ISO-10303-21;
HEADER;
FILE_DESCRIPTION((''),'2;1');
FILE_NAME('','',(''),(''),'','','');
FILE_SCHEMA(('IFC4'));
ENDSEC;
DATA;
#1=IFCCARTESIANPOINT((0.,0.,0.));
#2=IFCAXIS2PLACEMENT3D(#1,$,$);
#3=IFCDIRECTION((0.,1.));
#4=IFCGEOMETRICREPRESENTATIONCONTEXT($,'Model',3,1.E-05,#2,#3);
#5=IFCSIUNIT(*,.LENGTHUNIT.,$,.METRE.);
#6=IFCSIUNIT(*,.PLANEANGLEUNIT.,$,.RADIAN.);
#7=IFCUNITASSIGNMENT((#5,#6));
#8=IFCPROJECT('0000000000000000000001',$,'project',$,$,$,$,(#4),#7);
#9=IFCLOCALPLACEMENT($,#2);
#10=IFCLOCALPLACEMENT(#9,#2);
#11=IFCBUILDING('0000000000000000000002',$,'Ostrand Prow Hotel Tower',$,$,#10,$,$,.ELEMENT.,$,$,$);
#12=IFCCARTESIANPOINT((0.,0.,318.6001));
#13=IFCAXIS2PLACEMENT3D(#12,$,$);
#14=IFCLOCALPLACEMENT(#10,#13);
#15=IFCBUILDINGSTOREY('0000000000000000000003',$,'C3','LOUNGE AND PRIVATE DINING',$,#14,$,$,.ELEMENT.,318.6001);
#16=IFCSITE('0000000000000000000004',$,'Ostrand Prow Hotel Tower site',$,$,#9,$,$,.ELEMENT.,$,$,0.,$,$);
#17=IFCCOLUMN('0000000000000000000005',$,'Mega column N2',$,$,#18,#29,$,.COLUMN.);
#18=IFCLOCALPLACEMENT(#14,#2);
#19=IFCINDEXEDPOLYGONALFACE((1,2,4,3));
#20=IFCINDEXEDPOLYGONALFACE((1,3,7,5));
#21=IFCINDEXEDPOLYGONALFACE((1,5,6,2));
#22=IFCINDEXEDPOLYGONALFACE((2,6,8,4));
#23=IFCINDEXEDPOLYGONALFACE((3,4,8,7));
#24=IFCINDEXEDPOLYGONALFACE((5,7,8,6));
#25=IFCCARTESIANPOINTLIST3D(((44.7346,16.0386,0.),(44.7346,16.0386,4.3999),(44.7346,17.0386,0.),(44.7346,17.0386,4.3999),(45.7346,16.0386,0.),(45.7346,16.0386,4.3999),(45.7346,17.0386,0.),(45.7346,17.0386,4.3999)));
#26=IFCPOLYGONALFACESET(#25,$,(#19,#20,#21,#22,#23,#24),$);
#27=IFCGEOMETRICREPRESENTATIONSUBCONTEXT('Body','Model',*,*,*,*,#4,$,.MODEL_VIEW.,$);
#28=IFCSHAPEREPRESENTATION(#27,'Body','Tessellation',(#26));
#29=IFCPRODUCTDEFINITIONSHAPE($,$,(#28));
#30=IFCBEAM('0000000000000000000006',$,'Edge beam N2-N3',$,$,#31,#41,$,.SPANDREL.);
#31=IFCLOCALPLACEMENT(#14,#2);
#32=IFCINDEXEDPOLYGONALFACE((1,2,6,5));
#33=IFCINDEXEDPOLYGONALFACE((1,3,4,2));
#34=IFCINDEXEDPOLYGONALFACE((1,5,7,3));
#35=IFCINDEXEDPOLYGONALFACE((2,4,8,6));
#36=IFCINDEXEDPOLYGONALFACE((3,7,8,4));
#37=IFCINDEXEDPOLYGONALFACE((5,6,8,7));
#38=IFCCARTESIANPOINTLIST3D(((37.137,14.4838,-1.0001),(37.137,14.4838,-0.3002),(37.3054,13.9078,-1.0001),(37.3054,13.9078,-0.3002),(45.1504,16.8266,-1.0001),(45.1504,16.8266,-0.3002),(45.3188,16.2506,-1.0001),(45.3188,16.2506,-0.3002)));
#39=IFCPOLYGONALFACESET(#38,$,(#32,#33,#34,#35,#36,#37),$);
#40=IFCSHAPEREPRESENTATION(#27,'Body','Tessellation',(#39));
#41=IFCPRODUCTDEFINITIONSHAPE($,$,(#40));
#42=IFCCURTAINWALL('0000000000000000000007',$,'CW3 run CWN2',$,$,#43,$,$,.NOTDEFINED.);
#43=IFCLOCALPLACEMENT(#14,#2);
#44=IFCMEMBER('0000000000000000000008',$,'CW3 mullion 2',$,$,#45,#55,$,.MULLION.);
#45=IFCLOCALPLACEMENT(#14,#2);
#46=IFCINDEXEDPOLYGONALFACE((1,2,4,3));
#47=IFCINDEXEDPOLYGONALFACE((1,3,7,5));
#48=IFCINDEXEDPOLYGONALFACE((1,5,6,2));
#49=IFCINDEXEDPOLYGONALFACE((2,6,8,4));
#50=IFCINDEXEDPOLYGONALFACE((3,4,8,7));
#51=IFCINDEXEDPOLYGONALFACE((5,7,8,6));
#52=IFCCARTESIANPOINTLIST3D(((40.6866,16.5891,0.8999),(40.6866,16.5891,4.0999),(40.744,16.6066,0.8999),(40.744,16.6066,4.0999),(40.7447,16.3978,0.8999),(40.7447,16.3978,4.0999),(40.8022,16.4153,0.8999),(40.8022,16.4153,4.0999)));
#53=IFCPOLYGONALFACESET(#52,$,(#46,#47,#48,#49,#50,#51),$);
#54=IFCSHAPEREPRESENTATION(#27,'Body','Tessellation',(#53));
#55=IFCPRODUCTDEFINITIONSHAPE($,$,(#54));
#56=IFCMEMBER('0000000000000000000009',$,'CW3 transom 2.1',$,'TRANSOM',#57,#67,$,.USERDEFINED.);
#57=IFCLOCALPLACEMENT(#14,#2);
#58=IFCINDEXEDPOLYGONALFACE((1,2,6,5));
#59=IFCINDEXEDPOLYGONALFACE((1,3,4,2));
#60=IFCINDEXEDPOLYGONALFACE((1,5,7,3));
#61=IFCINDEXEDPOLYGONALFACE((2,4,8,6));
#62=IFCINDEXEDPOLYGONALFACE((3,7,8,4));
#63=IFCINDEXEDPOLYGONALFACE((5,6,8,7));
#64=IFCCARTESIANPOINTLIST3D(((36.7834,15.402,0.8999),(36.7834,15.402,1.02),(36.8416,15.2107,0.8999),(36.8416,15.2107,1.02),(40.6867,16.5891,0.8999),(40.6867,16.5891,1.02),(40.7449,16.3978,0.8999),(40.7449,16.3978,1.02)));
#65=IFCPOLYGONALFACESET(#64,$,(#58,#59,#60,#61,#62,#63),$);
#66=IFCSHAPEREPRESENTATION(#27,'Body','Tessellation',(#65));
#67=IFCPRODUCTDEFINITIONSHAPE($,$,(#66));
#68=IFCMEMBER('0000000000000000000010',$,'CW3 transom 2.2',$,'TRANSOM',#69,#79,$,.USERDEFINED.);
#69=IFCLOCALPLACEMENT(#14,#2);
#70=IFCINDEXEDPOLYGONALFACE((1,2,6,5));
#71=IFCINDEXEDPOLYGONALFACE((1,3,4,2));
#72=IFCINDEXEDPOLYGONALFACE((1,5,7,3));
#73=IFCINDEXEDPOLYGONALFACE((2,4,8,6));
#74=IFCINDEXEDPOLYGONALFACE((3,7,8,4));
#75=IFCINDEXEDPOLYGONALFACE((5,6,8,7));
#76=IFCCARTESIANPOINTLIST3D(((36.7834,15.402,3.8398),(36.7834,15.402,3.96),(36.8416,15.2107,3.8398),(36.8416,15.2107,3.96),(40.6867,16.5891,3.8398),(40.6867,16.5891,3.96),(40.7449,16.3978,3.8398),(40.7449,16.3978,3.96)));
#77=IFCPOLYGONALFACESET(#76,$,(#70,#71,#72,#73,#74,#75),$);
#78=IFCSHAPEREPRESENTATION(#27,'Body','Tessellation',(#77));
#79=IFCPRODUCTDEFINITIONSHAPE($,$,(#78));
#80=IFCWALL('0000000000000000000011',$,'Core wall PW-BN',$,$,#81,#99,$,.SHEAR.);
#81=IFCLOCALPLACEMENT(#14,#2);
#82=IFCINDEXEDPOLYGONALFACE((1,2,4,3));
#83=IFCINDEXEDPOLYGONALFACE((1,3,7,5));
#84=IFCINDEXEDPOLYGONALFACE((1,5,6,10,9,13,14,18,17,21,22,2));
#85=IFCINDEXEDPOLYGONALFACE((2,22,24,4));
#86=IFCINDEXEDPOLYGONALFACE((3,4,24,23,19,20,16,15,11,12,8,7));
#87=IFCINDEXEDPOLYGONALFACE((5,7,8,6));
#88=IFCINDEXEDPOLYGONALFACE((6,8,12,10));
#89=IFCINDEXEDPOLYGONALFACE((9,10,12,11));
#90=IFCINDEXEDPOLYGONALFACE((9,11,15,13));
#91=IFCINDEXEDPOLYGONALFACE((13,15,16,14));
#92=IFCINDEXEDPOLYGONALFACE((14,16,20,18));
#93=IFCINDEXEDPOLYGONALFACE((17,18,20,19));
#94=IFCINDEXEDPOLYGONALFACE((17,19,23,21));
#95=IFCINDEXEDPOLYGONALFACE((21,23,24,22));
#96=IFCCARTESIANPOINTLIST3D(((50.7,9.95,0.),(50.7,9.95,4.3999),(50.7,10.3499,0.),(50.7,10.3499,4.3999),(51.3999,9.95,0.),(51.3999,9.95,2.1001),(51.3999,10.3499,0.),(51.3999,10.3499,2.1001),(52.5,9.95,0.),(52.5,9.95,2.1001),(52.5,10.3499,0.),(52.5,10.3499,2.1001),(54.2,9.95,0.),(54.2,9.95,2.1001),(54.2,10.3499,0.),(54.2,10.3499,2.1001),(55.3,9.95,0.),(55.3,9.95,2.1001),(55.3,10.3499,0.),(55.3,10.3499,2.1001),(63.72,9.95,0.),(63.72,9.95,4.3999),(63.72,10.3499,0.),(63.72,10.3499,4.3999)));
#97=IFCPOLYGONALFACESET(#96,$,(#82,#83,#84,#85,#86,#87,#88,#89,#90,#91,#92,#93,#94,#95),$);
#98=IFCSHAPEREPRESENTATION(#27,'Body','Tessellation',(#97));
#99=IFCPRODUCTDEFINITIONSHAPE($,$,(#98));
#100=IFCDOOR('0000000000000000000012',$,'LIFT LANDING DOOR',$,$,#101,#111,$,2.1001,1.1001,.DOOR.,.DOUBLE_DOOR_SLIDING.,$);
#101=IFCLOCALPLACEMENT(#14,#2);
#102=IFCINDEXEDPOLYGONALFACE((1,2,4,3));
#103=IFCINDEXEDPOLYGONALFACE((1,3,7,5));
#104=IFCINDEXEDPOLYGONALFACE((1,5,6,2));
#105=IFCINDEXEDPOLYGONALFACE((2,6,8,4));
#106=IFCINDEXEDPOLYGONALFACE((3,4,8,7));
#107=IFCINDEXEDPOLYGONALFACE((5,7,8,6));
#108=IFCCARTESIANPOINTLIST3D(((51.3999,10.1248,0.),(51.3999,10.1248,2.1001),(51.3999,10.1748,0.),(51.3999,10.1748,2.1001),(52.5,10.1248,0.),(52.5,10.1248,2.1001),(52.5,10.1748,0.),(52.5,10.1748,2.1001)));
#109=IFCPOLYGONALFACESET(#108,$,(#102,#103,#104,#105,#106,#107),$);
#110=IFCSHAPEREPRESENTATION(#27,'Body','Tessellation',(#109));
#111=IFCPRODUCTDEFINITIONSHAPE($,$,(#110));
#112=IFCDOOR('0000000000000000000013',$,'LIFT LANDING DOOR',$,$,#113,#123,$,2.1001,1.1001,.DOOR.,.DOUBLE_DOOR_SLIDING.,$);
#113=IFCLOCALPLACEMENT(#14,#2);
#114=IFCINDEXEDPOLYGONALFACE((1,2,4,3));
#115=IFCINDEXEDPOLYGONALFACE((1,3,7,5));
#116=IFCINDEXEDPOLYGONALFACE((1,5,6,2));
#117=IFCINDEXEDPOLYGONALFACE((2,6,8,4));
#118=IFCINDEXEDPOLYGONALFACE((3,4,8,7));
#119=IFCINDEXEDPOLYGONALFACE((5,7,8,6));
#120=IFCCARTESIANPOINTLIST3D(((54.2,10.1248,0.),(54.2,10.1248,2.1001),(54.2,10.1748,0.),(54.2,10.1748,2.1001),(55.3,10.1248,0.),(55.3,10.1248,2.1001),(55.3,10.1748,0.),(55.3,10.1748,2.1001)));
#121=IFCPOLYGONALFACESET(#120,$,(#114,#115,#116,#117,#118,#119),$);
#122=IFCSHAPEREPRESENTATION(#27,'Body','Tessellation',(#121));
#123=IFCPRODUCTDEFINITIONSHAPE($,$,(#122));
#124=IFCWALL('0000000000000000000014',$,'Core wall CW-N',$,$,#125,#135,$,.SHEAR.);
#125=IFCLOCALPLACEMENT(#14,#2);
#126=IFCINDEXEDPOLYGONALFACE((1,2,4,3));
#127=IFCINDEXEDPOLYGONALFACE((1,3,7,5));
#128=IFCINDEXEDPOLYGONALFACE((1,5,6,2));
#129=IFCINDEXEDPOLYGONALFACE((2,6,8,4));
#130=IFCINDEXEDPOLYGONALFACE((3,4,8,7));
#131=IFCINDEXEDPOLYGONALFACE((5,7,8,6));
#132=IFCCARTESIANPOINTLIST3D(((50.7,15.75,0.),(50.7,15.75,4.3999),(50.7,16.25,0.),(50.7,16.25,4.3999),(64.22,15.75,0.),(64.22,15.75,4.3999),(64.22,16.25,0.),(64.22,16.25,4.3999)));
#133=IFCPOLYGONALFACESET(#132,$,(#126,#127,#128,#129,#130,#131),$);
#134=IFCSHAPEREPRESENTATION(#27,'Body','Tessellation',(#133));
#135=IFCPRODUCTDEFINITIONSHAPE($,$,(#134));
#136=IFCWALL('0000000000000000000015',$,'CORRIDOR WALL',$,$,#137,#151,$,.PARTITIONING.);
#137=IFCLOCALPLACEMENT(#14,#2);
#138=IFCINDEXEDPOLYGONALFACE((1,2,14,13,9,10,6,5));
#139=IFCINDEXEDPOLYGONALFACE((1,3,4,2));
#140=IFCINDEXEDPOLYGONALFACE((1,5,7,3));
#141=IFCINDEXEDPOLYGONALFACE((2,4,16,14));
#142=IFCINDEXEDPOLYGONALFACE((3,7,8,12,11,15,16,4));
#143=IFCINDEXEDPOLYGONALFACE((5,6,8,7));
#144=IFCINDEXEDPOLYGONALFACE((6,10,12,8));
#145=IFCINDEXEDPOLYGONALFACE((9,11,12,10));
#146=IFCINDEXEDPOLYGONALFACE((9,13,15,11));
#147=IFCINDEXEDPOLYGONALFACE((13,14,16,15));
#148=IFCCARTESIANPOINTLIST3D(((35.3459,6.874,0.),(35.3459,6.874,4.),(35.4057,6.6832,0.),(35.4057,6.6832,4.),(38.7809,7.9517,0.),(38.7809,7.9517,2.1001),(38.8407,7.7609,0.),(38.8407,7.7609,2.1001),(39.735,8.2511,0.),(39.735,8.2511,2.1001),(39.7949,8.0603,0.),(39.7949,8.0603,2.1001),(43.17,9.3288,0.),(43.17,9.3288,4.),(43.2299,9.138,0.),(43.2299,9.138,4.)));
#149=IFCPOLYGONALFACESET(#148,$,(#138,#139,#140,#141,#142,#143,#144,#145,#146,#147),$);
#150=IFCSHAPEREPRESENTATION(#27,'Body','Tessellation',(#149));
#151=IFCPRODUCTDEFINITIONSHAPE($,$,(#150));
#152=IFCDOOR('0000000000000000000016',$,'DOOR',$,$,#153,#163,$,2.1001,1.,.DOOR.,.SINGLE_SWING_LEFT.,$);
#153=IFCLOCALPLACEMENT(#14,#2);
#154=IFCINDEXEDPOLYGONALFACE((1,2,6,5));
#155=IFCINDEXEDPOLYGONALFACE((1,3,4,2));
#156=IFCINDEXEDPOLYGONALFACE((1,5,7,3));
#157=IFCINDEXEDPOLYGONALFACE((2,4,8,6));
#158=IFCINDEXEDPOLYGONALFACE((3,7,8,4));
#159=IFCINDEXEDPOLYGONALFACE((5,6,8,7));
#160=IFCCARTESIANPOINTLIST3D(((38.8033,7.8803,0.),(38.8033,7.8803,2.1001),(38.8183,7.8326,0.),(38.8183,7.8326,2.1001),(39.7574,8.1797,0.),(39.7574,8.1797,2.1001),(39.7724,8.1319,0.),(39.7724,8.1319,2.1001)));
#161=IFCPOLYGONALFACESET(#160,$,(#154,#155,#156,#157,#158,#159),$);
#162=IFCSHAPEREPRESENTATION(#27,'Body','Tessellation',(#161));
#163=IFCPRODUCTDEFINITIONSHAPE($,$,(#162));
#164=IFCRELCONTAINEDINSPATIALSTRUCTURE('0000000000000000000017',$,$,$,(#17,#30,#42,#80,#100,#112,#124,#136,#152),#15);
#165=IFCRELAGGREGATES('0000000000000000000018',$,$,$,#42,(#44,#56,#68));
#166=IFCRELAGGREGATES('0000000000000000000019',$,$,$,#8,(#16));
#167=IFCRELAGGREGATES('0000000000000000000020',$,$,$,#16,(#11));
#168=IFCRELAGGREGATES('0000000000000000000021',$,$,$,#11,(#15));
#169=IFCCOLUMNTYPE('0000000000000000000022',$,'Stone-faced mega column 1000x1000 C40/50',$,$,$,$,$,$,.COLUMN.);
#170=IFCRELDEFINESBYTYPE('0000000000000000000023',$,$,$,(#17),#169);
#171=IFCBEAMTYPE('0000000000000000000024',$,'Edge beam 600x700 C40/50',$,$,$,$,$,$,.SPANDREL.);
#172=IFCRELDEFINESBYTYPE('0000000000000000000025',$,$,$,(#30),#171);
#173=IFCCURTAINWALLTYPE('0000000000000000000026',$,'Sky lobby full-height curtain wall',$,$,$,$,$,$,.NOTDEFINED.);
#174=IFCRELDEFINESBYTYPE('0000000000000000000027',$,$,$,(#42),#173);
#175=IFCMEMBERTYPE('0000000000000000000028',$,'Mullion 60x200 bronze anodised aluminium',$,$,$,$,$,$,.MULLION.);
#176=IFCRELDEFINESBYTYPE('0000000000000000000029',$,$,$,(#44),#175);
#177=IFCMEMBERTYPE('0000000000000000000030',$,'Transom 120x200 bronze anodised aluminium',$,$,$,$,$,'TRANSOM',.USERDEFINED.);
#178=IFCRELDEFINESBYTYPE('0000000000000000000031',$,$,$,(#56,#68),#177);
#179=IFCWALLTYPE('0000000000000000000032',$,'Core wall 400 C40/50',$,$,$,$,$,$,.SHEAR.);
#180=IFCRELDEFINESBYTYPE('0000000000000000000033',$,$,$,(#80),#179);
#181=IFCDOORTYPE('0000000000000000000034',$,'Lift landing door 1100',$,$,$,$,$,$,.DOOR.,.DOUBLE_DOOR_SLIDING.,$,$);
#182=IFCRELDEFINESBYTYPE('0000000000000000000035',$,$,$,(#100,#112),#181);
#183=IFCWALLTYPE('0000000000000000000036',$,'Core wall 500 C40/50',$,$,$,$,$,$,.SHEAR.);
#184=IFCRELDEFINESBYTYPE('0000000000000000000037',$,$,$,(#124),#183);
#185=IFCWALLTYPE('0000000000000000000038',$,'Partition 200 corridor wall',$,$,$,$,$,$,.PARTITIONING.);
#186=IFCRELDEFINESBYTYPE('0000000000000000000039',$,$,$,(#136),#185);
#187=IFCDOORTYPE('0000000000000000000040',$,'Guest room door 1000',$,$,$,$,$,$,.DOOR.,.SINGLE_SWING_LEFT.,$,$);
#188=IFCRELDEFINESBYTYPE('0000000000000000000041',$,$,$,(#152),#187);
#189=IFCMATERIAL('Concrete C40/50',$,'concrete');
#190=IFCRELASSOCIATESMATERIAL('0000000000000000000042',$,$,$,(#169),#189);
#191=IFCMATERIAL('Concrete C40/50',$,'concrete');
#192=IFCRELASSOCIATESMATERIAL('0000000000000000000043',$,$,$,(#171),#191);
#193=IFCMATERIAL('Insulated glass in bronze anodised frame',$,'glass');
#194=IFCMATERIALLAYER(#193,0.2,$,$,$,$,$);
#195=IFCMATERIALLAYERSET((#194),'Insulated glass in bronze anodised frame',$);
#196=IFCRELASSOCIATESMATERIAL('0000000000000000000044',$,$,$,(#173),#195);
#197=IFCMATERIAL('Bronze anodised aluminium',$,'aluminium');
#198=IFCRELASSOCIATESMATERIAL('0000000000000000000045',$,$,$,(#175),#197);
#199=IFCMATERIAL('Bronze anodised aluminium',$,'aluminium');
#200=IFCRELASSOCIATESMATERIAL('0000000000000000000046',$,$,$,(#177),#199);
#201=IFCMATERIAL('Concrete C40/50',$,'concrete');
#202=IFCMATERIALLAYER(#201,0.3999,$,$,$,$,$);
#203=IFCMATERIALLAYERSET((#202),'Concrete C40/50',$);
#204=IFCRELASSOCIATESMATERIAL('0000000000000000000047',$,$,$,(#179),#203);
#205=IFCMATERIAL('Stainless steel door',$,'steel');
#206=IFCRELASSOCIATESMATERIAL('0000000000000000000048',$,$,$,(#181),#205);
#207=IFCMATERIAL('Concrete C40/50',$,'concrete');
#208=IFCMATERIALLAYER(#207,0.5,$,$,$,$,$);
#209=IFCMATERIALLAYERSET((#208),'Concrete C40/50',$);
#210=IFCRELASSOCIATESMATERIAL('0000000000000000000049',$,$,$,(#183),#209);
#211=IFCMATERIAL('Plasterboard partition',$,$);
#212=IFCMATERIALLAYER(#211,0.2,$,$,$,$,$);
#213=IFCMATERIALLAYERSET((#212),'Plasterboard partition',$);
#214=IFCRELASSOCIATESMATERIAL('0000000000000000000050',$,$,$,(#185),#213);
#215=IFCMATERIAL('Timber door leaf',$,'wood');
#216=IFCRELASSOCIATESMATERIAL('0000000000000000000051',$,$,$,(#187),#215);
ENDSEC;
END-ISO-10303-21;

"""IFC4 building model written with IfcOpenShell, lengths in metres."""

from ifc_helpers import new_model, si_unit, direction, frame, frame_2d, origin, origin_2d, place, context, subcontext, project, spatial, rectangle, extrude, material, layer, layer_set, material_profile, profile_set, type_object, element, fill, aggregate, save


model = new_model("IFC4")

# Units and contexts
model_context = context("Model", 3, precision=1e-05, world=origin(), true_north=direction((0.0, 1.0)))
body_context = subcontext(model_context, "Body", "Model", "MODEL_VIEW")
ifc_project = project(units=[si_unit("LENGTHUNIT", "METRE"), si_unit("PLANEANGLEUNIT", "RADIAN")], contexts=[model_context])

# Site, building, storey
site_placement = place(None, origin())
site = spatial("IfcSite", under=ifc_project, at=site_placement, Name="Ostrand Prow Hotel Tower site", CompositionType="ELEMENT", RefElevation=0.0)
building_placement = place(site_placement, origin())
building = spatial("IfcBuilding", under=site, at=building_placement, Name="Ostrand Prow Hotel Tower", CompositionType="ELEMENT")
storey_placement = place(building_placement, frame((0.0, 0.0, 318.6001)))
storey = spatial("IfcBuildingStorey", under=building, at=storey_placement, Name="C3", Description="LOUNGE AND PRIVATE DINING", CompositionType="ELEMENT", Elevation=318.6001)

# Column
ifc_material_1 = material(Name="Concrete C40/50", Category="concrete")
ifc_material_profile_1 = material_profile(ifc_material_1, rectangle(XDim=1.0, YDim=1.0, at=origin_2d()), Name="RC 1000x1000")
ifc_profile_set_1 = profile_set([ifc_material_profile_1], Name="Concrete C40/50")
column_type = type_object("IfcColumnType", Name="Stone-faced mega column 1000x1000 C40/50", PredefinedType="COLUMN", material=ifc_profile_set_1)
column_placement = place(storey_placement, frame((45.2346, 16.5386, 0.0), z_axis=(0.0, 0.0, 1.0), x_axis=(1.0, 0.0, 0.0)))
element("IfcColumn", 1, at=column_placement, inside=storey, type_object=column_type, Name="Mega column N2", PredefinedType="COLUMN", context=body_context, shape_type="SweptSolid", body=[
    extrude(rectangle(XDim=1.0, YDim=1.0, at=origin_2d()), origin(), (0.0, 0.0, 1.0), 4.3999),
])

# Beam
ifc_material_2 = material(Name="Concrete C40/50", Category="concrete")
ifc_material_profile_2 = material_profile(ifc_material_2, rectangle(XDim=0.6001, YDim=0.7, at=origin_2d()), Name="RC 600x700")
ifc_profile_set_2 = profile_set([ifc_material_profile_2], Name="Concrete C40/50")
beam_type = type_object("IfcBeamType", Name="Edge beam 600x700 C40/50", PredefinedType="SPANDREL", material=ifc_profile_set_2)
beam_placement = place(storey_placement, frame((45.2346, 16.5386, -0.6501), z_axis=(-0.959822, -0.28061, 0.0), x_axis=(0.28061, -0.959822, 0.0)))
element("IfcBeam", 2, at=beam_placement, inside=storey, type_object=beam_type, Name="Edge beam N2-N3", PredefinedType="SPANDREL", context=body_context, shape_type="SweptSolid", body=[
    extrude(rectangle(XDim=0.6001, YDim=0.7, at=origin_2d()), origin(), (0.0, 0.0, 1.0), 8.3489),
])

# Curtain wall, members
ifc_material_3 = material(Name="Insulated glass in bronze anodised frame", Category="glass")
ifc_layer_1 = layer(ifc_material_3, 0.2)
ifc_layer_set_1 = layer_set([ifc_layer_1], Name="Insulated glass in bronze anodised frame")
curtain_wall_type = type_object("IfcCurtainWallType", Name="Sky lobby full-height curtain wall", PredefinedType="NOTDEFINED", material=ifc_layer_set_1)
curtain_wall_placement = place(storey_placement, origin())
curtain_wall = element("IfcCurtainWall", 3, at=curtain_wall_placement, inside=storey, type_object=curtain_wall_type, Name="CW3 run CWN2", PredefinedType="NOTDEFINED")
ifc_material_4 = material(Name="Bronze anodised aluminium", Category="aluminium")
ifc_material_profile_3 = material_profile(ifc_material_4, rectangle(XDim=0.2, YDim=0.0601, at=origin_2d()), Name="Mullion 60x200 bronze anodised aluminium")
ifc_profile_set_3 = profile_set([ifc_material_profile_3], Name="Bronze anodised aluminium")
member_type_1 = type_object("IfcMemberType", Name="Mullion 60x200 bronze anodised aluminium", PredefinedType="MULLION", material=ifc_profile_set_3)
member_1_placement = place(storey_placement, frame((40.7444, 16.5022, 0.8999), z_axis=(0.0, 0.0, 1.0), x_axis=(0.290938, -0.956742, 0.0)))
member_1 = element("IfcMember", 4, at=member_1_placement, type_object=member_type_1, Name="CW3 mullion 2", PredefinedType="MULLION", context=body_context, shape_type="SweptSolid", body=[
    extrude(rectangle(XDim=0.2, YDim=0.0601, at=origin_2d()), origin(), (0.0, 0.0, 1.0), 3.2),
])
ifc_material_5 = material(Name="Bronze anodised aluminium", Category="aluminium")
ifc_material_profile_4 = material_profile(ifc_material_5, rectangle(XDim=0.2, YDim=0.1201, at=origin_2d()), Name="Transom 120x200 bronze anodised aluminium")
ifc_profile_set_4 = profile_set([ifc_material_profile_4], Name="Bronze anodised aluminium")
member_type_2 = type_object("IfcMemberType", Name="Transom 120x200 bronze anodised aluminium", ElementType="TRANSOM", PredefinedType="USERDEFINED", material=ifc_profile_set_4)
member_2_placement = place(storey_placement, frame((40.7158, 16.4934, 0.96), z_axis=(-0.956739, -0.290947, 0.0), x_axis=(0.290947, -0.956739, 0.0)))
member_2 = element("IfcMember", 5, at=member_2_placement, type_object=member_type_2, Name="CW3 transom 2.1", ObjectType="TRANSOM", PredefinedType="USERDEFINED", context=body_context, shape_type="SweptSolid", body=[
    extrude(rectangle(XDim=0.2, YDim=0.1201, at=origin_2d()), origin(), (0.0, 0.0, 1.0), 4.0798),
])
member_3_placement = place(storey_placement, frame((40.7158, 16.4934, 3.8999), z_axis=(-0.956739, -0.290947, 0.0), x_axis=(0.290947, -0.956739, 0.0)))
member_3 = element("IfcMember", 6, at=member_3_placement, type_object=member_type_2, Name="CW3 transom 2.2", ObjectType="TRANSOM", PredefinedType="USERDEFINED", context=body_context, shape_type="SweptSolid", body=[
    extrude(rectangle(XDim=0.2, YDim=0.1201, at=origin_2d()), origin(), (0.0, 0.0, 1.0), 4.0798),
])
aggregate(curtain_wall, [member_1, member_2, member_3])

# Wall, openings, doors
ifc_material_6 = material(Name="Concrete C40/50", Category="concrete")
ifc_layer_2 = layer(ifc_material_6, 0.3999)
ifc_layer_set_2 = layer_set([ifc_layer_2], Name="Concrete C40/50")
wall_type_1 = type_object("IfcWallType", Name="Core wall 400 C40/50", PredefinedType="SHEAR", material=ifc_layer_set_2)
wall_1_placement = place(storey_placement, frame((50.7, 10.1499, 0.0), z_axis=(0.0, 0.0, 1.0), x_axis=(1.0, 0.0, 0.0)))
wall_1 = element("IfcWall", 7, at=wall_1_placement, inside=storey, type_object=wall_type_1, Name="Core wall PW-BN", PredefinedType="SHEAR", context=body_context, shape_type="SweptSolid", body=[
    extrude(rectangle(XDim=13.02, YDim=0.3999, at=frame_2d((6.51, 0.0))), origin(), (0.0, 0.0, 1.0), 4.3999),
])
opening_1_placement = place(wall_1_placement, frame((0.7, 0.0, 0.0)))
opening_1 = element("IfcOpeningElement", 8, at=opening_1_placement, cuts=wall_1, PredefinedType="OPENING", context=body_context, shape_type="SweptSolid", body=[
    extrude(rectangle(XDim=1.1001, YDim=2.1001, at=frame_2d((0.55, 1.05))), frame((0.0, 0.21, 0.0), z_axis=(0.0, -1.0, 0.0), x_axis=(1.0, 0.0, 0.0)), (0.0, 0.0, 1.0), 0.4199),
])
opening_2_placement = place(wall_1_placement, frame((3.5, 0.0, 0.0)))
opening_2 = element("IfcOpeningElement", 9, at=opening_2_placement, cuts=wall_1, PredefinedType="OPENING", context=body_context, shape_type="SweptSolid", body=[
    extrude(rectangle(XDim=1.1001, YDim=2.1001, at=frame_2d((0.55, 1.05))), frame((0.0, 0.21, 0.0), z_axis=(0.0, -1.0, 0.0), x_axis=(1.0, 0.0, 0.0)), (0.0, 0.0, 1.0), 0.4199),
])
ifc_material_7 = material(Name="Stainless steel door", Category="steel")
door_type_1 = type_object("IfcDoorType", Name="Lift landing door 1100", OperationType="DOUBLE_DOOR_SLIDING", PredefinedType="DOOR", material=ifc_material_7)
door_1_placement = place(opening_1_placement, origin())
door_1 = element("IfcDoor", 10, at=door_1_placement, inside=storey, type_object=door_type_1, Name="LIFT LANDING DOOR", OperationType="DOUBLE_DOOR_SLIDING", OverallHeight=2.1001, OverallWidth=1.1001, PredefinedType="DOOR", context=body_context, shape_type="SweptSolid", body=[
    extrude(rectangle(XDim=1.1001, YDim=2.1001, at=frame_2d((0.55, 1.05))), frame((0.0, 0.0249, 0.0), z_axis=(0.0, -1.0, 0.0), x_axis=(1.0, 0.0, 0.0)), (0.0, 0.0, 1.0), 0.05),
])
fill(opening_1, door_1)
door_2_placement = place(opening_2_placement, origin())
door_2 = element("IfcDoor", 11, at=door_2_placement, inside=storey, type_object=door_type_1, Name="LIFT LANDING DOOR", OperationType="DOUBLE_DOOR_SLIDING", OverallHeight=2.1001, OverallWidth=1.1001, PredefinedType="DOOR", context=body_context, shape_type="SweptSolid", body=[
    extrude(rectangle(XDim=1.1001, YDim=2.1001, at=frame_2d((0.55, 1.05))), frame((0.0, 0.0249, 0.0), z_axis=(0.0, -1.0, 0.0), x_axis=(1.0, 0.0, 0.0)), (0.0, 0.0, 1.0), 0.05),
])
fill(opening_2, door_2)

# Wall
ifc_material_8 = material(Name="Concrete C40/50", Category="concrete")
ifc_layer_3 = layer(ifc_material_8, 0.5)
ifc_layer_set_3 = layer_set([ifc_layer_3], Name="Concrete C40/50")
wall_type_2 = type_object("IfcWallType", Name="Core wall 500 C40/50", PredefinedType="SHEAR", material=ifc_layer_set_3)
wall_2_placement = place(storey_placement, frame((50.7, 16.0, 0.0), z_axis=(0.0, 0.0, 1.0), x_axis=(1.0, 0.0, 0.0)))
element("IfcWall", 12, at=wall_2_placement, inside=storey, type_object=wall_type_2, Name="Core wall CW-N", PredefinedType="SHEAR", context=body_context, shape_type="SweptSolid", body=[
    extrude(rectangle(XDim=13.52, YDim=0.5, at=frame_2d((6.76, 0.0))), origin(), (0.0, 0.0, 1.0), 4.3999),
])

# Wall, opening, door
ifc_material_9 = material(Name="Plasterboard partition")
ifc_layer_4 = layer(ifc_material_9, 0.2)
ifc_layer_set_4 = layer_set([ifc_layer_4], Name="Plasterboard partition")
wall_type_3 = type_object("IfcWallType", Name="Partition 200 corridor wall", PredefinedType="PARTITIONING", material=ifc_layer_set_4)
wall_3_placement = place(storey_placement, frame((43.2, 9.2334, 0.0), z_axis=(0.0, 0.0, 1.0), x_axis=(-0.95414, -0.29936, 0.0)))
wall_3 = element("IfcWall", 13, at=wall_3_placement, inside=storey, type_object=wall_type_3, Name="CORRIDOR WALL", PredefinedType="PARTITIONING", context=body_context, shape_type="SweptSolid", body=[
    extrude(rectangle(XDim=8.2002, YDim=0.2, at=frame_2d((4.1001, 0.0))), origin(), (0.0, 0.0, 1.0), 4.0),
])
opening_3_placement = place(wall_3_placement, frame((3.6001, 0.0, 0.0)))
opening_3 = element("IfcOpeningElement", 14, at=opening_3_placement, cuts=wall_3, PredefinedType="OPENING", context=body_context, shape_type="SweptSolid", body=[
    extrude(rectangle(XDim=1.0, YDim=2.1001, at=frame_2d((0.5, 1.05))), frame((0.0, 0.1099, 0.0), z_axis=(0.0, -1.0, 0.0), x_axis=(1.0, 0.0, 0.0)), (0.0, 0.0, 1.0), 0.22),
])
ifc_material_10 = material(Name="Timber door leaf", Category="wood")
door_type_2 = type_object("IfcDoorType", Name="Guest room door 1000", OperationType="SINGLE_SWING_LEFT", PredefinedType="DOOR", material=ifc_material_10)
door_3_placement = place(opening_3_placement, origin())
door_3 = element("IfcDoor", 15, at=door_3_placement, inside=storey, type_object=door_type_2, Name="DOOR", OperationType="SINGLE_SWING_LEFT", OverallHeight=2.1001, OverallWidth=1.0, PredefinedType="DOOR", context=body_context, shape_type="SweptSolid", body=[
    extrude(rectangle(XDim=1.0, YDim=2.1001, at=frame_2d((0.5, 1.05))), frame((0.0, 0.0249, 0.0), z_axis=(0.0, -1.0, 0.0), x_axis=(1.0, 0.0, 0.0)), (0.0, 0.0, 1.0), 0.05),
])
fill(opening_3, door_3)

save(model, "model.ifc")
